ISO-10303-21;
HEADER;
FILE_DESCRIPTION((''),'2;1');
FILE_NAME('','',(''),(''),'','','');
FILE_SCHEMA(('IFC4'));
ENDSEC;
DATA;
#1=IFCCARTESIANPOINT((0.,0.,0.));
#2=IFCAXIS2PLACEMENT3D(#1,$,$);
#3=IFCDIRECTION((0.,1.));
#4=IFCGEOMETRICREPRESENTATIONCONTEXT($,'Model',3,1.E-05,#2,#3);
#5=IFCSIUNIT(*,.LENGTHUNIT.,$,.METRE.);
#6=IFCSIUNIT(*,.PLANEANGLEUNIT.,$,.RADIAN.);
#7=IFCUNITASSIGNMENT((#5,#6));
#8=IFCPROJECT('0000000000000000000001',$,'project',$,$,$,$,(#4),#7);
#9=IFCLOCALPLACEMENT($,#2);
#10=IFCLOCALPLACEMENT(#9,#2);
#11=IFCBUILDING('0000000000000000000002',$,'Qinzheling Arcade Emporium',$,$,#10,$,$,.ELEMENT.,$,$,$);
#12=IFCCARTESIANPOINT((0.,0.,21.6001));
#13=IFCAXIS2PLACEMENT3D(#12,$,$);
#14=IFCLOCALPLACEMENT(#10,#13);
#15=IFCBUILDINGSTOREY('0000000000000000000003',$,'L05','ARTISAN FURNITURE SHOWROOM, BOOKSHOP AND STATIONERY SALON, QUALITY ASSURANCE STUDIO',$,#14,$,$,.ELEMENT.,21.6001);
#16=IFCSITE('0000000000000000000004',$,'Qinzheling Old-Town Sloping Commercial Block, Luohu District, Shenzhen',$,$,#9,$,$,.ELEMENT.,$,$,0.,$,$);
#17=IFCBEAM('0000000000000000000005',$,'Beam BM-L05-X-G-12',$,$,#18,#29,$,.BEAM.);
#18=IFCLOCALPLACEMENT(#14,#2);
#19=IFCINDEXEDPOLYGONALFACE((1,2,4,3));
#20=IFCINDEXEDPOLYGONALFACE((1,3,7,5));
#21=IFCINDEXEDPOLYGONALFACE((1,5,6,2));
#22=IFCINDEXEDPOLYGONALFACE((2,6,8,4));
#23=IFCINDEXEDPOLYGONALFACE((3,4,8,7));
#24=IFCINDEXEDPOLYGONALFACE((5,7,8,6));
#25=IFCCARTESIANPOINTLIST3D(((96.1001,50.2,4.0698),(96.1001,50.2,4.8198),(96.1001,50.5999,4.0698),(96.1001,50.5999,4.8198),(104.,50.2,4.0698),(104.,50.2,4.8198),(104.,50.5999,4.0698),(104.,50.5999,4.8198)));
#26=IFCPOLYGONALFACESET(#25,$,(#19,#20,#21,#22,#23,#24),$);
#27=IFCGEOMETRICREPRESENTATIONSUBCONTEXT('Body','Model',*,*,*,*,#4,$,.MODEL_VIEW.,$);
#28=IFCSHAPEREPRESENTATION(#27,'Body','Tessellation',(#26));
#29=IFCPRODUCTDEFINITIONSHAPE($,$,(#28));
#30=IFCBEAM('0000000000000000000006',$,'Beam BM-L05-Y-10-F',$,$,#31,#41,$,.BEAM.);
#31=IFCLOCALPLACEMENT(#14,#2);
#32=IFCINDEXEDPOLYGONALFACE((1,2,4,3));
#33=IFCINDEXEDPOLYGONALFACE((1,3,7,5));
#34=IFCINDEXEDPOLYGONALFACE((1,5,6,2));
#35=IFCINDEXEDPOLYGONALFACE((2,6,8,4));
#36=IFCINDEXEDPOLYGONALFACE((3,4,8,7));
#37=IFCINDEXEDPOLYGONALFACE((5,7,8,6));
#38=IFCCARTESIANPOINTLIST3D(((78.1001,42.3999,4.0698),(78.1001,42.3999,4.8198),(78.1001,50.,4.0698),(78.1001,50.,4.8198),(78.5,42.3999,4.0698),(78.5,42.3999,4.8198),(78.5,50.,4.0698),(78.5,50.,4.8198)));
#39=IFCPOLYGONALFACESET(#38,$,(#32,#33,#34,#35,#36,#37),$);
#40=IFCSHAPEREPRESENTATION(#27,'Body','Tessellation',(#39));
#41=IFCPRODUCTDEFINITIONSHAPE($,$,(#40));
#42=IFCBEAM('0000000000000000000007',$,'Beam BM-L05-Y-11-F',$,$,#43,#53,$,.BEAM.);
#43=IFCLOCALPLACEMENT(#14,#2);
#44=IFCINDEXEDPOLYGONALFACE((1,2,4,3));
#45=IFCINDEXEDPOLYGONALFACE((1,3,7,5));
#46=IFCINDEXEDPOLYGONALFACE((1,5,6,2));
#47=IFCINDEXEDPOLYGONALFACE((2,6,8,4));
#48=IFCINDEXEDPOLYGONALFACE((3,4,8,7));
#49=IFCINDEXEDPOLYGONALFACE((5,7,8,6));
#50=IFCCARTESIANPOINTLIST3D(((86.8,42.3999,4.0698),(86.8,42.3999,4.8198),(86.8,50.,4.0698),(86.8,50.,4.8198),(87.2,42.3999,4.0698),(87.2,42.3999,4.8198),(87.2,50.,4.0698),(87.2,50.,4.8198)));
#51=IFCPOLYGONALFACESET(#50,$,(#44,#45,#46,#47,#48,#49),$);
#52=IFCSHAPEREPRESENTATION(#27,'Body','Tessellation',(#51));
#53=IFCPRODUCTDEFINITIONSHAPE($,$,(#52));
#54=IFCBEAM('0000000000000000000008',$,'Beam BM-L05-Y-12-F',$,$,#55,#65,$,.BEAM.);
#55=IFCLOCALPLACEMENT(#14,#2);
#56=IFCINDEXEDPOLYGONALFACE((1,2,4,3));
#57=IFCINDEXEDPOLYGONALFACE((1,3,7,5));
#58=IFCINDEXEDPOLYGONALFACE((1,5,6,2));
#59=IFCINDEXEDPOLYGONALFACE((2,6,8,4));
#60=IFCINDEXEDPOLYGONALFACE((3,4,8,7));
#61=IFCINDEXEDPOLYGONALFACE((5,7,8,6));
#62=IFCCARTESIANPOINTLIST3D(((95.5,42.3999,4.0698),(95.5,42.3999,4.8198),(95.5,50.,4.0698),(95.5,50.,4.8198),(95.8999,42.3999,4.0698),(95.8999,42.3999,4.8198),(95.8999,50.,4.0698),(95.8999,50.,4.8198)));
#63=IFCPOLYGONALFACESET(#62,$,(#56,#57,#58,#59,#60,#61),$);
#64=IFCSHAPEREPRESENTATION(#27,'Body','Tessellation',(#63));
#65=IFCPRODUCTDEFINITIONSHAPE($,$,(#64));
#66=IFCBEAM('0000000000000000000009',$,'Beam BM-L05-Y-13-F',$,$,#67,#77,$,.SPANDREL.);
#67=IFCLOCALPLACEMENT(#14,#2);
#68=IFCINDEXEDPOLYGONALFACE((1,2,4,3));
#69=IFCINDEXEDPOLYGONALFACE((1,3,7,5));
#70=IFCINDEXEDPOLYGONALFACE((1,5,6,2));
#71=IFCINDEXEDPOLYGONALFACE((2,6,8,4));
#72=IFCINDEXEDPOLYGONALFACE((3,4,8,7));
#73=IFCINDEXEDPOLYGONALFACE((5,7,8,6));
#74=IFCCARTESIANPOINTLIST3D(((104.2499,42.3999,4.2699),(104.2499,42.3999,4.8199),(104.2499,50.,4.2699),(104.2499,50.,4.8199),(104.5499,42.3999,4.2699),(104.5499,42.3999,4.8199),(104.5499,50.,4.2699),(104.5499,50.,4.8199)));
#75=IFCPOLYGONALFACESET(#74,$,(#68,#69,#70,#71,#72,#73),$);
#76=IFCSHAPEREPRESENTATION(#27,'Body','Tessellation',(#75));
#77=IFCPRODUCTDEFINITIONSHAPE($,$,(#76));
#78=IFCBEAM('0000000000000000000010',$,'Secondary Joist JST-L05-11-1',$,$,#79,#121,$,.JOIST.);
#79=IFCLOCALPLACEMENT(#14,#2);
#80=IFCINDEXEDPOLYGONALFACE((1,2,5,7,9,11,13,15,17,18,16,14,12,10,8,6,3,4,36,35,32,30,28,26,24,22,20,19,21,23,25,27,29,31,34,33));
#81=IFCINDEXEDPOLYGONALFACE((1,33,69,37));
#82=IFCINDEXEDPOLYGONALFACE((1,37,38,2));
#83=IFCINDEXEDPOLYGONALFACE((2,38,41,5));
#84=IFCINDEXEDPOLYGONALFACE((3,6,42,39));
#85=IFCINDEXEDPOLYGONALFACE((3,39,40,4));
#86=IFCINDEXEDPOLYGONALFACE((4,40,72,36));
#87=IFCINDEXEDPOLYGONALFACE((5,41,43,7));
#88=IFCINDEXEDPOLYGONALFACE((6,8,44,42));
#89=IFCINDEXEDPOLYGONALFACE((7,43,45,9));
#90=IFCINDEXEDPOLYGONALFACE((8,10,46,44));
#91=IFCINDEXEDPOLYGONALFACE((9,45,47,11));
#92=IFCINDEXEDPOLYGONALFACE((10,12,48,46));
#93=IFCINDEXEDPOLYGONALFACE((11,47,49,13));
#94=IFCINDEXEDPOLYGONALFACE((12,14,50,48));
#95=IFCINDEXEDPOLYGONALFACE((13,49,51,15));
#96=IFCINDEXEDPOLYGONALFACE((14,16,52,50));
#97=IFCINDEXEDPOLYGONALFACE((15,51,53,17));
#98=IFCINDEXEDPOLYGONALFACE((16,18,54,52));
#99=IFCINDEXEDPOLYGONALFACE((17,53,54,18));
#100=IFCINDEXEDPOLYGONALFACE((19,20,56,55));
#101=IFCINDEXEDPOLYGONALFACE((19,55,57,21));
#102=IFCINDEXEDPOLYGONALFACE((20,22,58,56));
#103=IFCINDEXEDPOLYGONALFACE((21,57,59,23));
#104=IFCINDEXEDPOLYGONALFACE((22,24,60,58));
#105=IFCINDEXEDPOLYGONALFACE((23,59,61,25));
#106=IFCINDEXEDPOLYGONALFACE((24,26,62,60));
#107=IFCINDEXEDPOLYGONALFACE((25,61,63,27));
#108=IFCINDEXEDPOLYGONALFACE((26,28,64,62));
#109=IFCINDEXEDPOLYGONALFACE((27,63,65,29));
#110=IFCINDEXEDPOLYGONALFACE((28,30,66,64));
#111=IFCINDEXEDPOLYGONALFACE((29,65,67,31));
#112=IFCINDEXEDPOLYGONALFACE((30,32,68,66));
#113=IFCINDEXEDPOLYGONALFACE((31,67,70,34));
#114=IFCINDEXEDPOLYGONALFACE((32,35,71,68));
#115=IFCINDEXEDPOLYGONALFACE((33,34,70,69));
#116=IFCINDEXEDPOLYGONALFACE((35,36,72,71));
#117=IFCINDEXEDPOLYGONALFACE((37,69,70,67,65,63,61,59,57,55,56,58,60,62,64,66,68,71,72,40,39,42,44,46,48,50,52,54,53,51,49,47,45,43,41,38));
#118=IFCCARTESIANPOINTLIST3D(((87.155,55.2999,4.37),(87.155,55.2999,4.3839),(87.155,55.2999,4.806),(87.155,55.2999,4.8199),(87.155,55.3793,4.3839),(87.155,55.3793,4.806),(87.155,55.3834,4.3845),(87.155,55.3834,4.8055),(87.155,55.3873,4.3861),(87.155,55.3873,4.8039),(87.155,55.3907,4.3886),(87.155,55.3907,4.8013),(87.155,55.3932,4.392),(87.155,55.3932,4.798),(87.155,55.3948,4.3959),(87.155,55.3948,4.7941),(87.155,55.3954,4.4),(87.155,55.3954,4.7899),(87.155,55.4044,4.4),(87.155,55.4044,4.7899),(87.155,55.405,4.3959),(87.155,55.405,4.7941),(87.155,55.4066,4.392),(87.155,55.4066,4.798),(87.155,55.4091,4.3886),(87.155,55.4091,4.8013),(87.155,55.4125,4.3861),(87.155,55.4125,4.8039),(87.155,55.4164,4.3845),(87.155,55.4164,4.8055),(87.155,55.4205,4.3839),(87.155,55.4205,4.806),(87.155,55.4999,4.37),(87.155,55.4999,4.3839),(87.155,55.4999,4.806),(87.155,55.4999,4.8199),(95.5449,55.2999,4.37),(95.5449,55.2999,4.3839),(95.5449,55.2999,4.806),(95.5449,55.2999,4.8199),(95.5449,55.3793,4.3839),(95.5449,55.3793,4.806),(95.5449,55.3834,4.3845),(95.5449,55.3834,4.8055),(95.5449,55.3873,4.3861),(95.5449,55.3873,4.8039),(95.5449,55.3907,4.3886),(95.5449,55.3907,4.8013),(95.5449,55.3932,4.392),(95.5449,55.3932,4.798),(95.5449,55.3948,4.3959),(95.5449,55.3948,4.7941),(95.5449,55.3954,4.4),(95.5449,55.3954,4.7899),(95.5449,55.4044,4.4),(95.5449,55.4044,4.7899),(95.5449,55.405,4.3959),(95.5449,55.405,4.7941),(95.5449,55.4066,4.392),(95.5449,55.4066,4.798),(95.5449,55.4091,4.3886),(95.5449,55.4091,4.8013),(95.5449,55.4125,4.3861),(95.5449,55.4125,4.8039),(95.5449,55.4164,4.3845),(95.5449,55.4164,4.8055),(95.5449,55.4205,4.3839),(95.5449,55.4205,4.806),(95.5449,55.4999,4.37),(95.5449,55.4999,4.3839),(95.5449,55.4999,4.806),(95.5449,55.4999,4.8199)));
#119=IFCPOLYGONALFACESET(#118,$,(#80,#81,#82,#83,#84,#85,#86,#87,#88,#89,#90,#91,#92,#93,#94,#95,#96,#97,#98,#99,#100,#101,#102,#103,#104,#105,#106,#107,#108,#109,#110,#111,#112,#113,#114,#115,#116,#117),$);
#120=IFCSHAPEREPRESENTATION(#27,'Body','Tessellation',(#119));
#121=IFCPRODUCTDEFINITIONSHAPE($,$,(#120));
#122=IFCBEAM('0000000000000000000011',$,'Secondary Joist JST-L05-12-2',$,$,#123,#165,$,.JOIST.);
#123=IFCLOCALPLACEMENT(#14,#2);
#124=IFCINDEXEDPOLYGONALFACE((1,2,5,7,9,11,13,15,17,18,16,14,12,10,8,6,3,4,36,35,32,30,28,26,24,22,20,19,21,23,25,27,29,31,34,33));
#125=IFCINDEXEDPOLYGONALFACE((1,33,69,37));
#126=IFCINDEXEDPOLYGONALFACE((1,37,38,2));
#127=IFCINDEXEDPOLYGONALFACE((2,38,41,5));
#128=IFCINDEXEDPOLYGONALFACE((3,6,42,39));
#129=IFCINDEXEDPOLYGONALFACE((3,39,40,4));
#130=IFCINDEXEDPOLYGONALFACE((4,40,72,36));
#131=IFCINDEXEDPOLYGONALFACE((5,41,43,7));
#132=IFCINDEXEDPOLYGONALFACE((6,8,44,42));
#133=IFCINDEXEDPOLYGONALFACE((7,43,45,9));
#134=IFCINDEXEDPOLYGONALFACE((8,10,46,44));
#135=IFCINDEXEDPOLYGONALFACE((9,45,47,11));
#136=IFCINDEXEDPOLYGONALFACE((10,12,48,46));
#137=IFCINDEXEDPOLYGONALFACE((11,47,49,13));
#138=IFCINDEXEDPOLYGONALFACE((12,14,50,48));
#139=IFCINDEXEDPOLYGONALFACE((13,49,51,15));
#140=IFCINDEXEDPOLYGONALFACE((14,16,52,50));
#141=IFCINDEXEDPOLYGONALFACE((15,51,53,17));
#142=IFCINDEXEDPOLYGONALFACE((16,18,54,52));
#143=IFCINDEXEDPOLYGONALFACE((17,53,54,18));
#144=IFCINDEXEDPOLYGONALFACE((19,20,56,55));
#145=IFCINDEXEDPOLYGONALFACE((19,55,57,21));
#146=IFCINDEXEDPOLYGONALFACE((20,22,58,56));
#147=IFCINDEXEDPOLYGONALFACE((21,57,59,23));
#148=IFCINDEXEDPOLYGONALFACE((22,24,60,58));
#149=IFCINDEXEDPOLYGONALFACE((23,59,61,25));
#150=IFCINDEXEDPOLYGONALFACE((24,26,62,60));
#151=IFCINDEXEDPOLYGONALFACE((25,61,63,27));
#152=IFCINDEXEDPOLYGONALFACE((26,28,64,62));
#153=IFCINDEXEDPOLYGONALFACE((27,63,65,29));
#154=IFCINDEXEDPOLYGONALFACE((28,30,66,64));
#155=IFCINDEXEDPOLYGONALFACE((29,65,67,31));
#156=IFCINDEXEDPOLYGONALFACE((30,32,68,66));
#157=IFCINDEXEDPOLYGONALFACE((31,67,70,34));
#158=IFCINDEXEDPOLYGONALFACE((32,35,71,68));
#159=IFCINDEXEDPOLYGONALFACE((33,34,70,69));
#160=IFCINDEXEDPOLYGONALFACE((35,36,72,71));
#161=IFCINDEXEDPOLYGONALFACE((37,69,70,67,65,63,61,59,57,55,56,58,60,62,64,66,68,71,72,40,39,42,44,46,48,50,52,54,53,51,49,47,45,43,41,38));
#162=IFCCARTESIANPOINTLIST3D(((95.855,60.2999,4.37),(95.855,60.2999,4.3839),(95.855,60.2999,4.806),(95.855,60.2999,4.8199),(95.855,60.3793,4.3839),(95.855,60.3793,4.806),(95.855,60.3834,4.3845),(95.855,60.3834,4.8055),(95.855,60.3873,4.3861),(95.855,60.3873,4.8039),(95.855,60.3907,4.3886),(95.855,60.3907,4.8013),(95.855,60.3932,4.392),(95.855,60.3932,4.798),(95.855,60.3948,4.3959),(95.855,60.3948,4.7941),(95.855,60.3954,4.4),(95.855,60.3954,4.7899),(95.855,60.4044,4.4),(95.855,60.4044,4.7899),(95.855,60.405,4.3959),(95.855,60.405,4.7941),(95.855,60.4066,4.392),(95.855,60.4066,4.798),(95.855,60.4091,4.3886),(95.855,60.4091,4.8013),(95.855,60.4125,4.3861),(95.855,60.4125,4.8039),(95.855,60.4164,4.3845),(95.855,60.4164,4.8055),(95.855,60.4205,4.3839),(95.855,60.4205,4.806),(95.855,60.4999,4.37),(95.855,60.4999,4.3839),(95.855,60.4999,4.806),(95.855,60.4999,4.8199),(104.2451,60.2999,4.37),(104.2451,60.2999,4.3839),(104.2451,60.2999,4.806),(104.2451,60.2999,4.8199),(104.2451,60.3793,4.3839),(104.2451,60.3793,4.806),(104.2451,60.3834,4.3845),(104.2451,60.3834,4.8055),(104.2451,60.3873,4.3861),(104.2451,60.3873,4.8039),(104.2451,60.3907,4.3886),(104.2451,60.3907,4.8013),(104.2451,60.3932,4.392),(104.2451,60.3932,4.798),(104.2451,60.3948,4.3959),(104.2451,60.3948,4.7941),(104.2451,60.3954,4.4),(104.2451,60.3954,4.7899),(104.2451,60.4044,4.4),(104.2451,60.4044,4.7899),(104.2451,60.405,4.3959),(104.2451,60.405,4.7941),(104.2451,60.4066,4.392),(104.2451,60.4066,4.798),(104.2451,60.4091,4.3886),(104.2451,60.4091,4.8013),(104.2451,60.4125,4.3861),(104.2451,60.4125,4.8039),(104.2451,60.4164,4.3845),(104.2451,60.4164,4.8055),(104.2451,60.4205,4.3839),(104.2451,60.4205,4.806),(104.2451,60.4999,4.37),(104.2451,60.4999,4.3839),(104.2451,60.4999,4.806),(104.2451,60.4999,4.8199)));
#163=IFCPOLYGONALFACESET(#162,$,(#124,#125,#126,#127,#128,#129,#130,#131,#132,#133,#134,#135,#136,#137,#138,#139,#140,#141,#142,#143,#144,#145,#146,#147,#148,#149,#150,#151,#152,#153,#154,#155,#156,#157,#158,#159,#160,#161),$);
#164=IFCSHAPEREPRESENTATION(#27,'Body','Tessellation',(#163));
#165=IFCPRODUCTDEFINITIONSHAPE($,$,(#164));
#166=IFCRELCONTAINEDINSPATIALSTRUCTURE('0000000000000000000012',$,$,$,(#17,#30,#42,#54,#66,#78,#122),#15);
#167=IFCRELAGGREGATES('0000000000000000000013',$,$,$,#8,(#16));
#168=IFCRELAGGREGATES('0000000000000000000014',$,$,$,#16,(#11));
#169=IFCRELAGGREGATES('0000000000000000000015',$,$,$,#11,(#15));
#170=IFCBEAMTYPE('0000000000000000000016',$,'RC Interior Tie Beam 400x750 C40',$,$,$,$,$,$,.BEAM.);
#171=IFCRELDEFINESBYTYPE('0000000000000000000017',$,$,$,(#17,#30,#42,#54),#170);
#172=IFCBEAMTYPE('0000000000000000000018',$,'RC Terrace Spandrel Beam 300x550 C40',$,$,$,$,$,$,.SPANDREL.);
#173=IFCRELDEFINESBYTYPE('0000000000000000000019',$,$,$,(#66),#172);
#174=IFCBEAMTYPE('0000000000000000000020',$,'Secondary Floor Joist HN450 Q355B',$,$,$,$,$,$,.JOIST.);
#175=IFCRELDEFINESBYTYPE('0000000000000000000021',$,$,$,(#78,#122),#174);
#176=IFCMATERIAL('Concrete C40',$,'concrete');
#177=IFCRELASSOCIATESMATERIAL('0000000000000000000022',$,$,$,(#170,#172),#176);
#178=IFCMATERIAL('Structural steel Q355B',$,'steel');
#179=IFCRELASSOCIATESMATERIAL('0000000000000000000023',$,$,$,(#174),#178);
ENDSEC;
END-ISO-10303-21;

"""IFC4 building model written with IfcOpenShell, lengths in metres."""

from ifc_helpers import new_model, si_unit, direction, frame, origin, origin_2d, place, context, subcontext, project, spatial, rectangle, i_section, extrude, material, material_profile, profile_set, type_object, element, save


model = new_model("IFC4")

# Units and contexts
model_context = context("Model", 3, precision=1e-05, world=origin(), true_north=direction((0.0, 1.0)))
body_context = subcontext(model_context, "Body", "Model", "MODEL_VIEW")
ifc_project = project(units=[si_unit("LENGTHUNIT", "METRE"), si_unit("PLANEANGLEUNIT", "RADIAN")], contexts=[model_context])

# Site, building, storey
site_placement = place(None, origin())
site = spatial("IfcSite", under=ifc_project, at=site_placement, Name="Qinzheling Old-Town Sloping Commercial Block, Luohu District, Shenzhen", CompositionType="ELEMENT", RefElevation=0.0)
building_placement = place(site_placement, origin())
building = spatial("IfcBuilding", under=site, at=building_placement, Name="Qinzheling Arcade Emporium", CompositionType="ELEMENT")
storey_placement = place(building_placement, frame((0.0, 0.0, 21.6001)))
storey = spatial("IfcBuildingStorey", under=building, at=storey_placement, Name="L05", Description="ARTISAN FURNITURE SHOWROOM, BOOKSHOP AND STATIONERY SALON, QUALITY ASSURANCE STUDIO", CompositionType="ELEMENT", Elevation=21.6001)

# Shared definitions
ifc_material_1 = material(Name="Concrete C40", Category="concrete")

# Beams
ifc_material_2 = material(Name="Structural steel Q355B", Category="steel")
ifc_material_profile_1 = material_profile(ifc_material_1, rectangle(XDim=0.3999, YDim=0.75, at=origin_2d()), Name="RC 400x750", Category="concrete")
ifc_profile_set_1 = profile_set([ifc_material_profile_1], Name="Concrete C40")
beam_type_1 = type_object("IfcBeamType", Name="RC Interior Tie Beam 400x750 C40", PredefinedType="BEAM", material=ifc_profile_set_1)
beam_1_placement = place(storey_placement, frame((96.1001, 50.3999, 4.4448), z_axis=(1.0, 0.0, 0.0), x_axis=(0.0, 1.0, 0.0)))
element("IfcBeam", 1, at=beam_1_placement, inside=storey, type_object=beam_type_1, Name="Beam BM-L05-X-G-12", PredefinedType="BEAM", context=body_context, shape_type="SweptSolid", body=[
    extrude(rectangle(XDim=0.3999, YDim=0.75, at=origin_2d()), origin(), (0.0, 0.0, 1.0), 7.8999),
])
for number, where, z_axis, x_axis, name in (
    (2, (78.3, 42.3999, 4.4448), (0.0, 1.0, 0.0), (-1.0, 0.0, 0.0), "Beam BM-L05-Y-10-F"),
    (3, (87.0, 42.3999, 4.4448), (0.0, 1.0, 0.0), (-1.0, 0.0, 0.0), "Beam BM-L05-Y-11-F"),
    (4, (95.7, 42.3999, 4.4448), (0.0, 1.0, 0.0), (-1.0, 0.0, 0.0), "Beam BM-L05-Y-12-F"),
):
    element("IfcBeam", number, at=place(storey_placement, frame(where, z_axis=z_axis, x_axis=x_axis)), inside=storey, type_object=beam_type_1, Name=name, PredefinedType="BEAM", context=body_context, shape_type="SweptSolid", body=[
        extrude(rectangle(XDim=0.3999, YDim=0.75, at=origin_2d()), origin(), (0.0, 0.0, 1.0), 7.6001),
    ])
ifc_material_profile_2 = material_profile(ifc_material_1, rectangle(XDim=0.3, YDim=0.55, at=origin_2d()), Name="RC 300x550", Category="concrete")
ifc_profile_set_2 = profile_set([ifc_material_profile_2], Name="Concrete C40")
beam_type_2 = type_object("IfcBeamType", Name="RC Terrace Spandrel Beam 300x550 C40", PredefinedType="SPANDREL", material=ifc_profile_set_2)
beam_2_placement = place(storey_placement, frame((104.3999, 42.3999, 4.5449), z_axis=(0.0, 1.0, 0.0), x_axis=(-1.0, 0.0, 0.0)))
element("IfcBeam", 5, at=beam_2_placement, inside=storey, type_object=beam_type_2, Name="Beam BM-L05-Y-13-F", PredefinedType="SPANDREL", context=body_context, shape_type="SweptSolid", body=[
    extrude(rectangle(XDim=0.3, YDim=0.55, at=origin_2d()), origin(), (0.0, 0.0, 1.0), 7.6001),
])
ifc_material_profile_3 = material_profile(ifc_material_2, i_section(OverallWidth=0.2, OverallDepth=0.45, WebThickness=0.009, FlangeThickness=0.0139, FilletRadius=0.0161, at=origin_2d()), Name="HN 450x200x9x14", Category="steel")
ifc_profile_set_3 = profile_set([ifc_material_profile_3], Name="Structural steel Q355B")
beam_type_3 = type_object("IfcBeamType", Name="Secondary Floor Joist HN450 Q355B", PredefinedType="JOIST", material=ifc_profile_set_3)
beam_3_placement = place(storey_placement, frame((87.155, 55.3999, 4.595), z_axis=(1.0, 0.0, 0.0), x_axis=(0.0, 1.0, 0.0)))
element("IfcBeam", 6, at=beam_3_placement, inside=storey, type_object=beam_type_3, Name="Secondary Joist JST-L05-11-1", PredefinedType="JOIST", context=body_context, shape_type="SweptSolid", body=[
    extrude(i_section(OverallWidth=0.2, OverallDepth=0.45, WebThickness=0.009, FlangeThickness=0.0139, FilletRadius=0.0161, at=origin_2d()), origin(), (0.0, 0.0, 1.0), 8.3899),
])
beam_4_placement = place(storey_placement, frame((95.855, 60.3999, 4.595), z_axis=(1.0, 0.0, 0.0), x_axis=(0.0, 1.0, 0.0)))
element("IfcBeam", 7, at=beam_4_placement, inside=storey, type_object=beam_type_3, Name="Secondary Joist JST-L05-12-2", PredefinedType="JOIST", context=body_context, shape_type="SweptSolid", body=[
    extrude(i_section(OverallWidth=0.2, OverallDepth=0.45, WebThickness=0.009, FlangeThickness=0.0139, FilletRadius=0.0161, at=origin_2d()), origin(), (0.0, 0.0, 1.0), 8.3901),
])

save(model, "model.ifc")
